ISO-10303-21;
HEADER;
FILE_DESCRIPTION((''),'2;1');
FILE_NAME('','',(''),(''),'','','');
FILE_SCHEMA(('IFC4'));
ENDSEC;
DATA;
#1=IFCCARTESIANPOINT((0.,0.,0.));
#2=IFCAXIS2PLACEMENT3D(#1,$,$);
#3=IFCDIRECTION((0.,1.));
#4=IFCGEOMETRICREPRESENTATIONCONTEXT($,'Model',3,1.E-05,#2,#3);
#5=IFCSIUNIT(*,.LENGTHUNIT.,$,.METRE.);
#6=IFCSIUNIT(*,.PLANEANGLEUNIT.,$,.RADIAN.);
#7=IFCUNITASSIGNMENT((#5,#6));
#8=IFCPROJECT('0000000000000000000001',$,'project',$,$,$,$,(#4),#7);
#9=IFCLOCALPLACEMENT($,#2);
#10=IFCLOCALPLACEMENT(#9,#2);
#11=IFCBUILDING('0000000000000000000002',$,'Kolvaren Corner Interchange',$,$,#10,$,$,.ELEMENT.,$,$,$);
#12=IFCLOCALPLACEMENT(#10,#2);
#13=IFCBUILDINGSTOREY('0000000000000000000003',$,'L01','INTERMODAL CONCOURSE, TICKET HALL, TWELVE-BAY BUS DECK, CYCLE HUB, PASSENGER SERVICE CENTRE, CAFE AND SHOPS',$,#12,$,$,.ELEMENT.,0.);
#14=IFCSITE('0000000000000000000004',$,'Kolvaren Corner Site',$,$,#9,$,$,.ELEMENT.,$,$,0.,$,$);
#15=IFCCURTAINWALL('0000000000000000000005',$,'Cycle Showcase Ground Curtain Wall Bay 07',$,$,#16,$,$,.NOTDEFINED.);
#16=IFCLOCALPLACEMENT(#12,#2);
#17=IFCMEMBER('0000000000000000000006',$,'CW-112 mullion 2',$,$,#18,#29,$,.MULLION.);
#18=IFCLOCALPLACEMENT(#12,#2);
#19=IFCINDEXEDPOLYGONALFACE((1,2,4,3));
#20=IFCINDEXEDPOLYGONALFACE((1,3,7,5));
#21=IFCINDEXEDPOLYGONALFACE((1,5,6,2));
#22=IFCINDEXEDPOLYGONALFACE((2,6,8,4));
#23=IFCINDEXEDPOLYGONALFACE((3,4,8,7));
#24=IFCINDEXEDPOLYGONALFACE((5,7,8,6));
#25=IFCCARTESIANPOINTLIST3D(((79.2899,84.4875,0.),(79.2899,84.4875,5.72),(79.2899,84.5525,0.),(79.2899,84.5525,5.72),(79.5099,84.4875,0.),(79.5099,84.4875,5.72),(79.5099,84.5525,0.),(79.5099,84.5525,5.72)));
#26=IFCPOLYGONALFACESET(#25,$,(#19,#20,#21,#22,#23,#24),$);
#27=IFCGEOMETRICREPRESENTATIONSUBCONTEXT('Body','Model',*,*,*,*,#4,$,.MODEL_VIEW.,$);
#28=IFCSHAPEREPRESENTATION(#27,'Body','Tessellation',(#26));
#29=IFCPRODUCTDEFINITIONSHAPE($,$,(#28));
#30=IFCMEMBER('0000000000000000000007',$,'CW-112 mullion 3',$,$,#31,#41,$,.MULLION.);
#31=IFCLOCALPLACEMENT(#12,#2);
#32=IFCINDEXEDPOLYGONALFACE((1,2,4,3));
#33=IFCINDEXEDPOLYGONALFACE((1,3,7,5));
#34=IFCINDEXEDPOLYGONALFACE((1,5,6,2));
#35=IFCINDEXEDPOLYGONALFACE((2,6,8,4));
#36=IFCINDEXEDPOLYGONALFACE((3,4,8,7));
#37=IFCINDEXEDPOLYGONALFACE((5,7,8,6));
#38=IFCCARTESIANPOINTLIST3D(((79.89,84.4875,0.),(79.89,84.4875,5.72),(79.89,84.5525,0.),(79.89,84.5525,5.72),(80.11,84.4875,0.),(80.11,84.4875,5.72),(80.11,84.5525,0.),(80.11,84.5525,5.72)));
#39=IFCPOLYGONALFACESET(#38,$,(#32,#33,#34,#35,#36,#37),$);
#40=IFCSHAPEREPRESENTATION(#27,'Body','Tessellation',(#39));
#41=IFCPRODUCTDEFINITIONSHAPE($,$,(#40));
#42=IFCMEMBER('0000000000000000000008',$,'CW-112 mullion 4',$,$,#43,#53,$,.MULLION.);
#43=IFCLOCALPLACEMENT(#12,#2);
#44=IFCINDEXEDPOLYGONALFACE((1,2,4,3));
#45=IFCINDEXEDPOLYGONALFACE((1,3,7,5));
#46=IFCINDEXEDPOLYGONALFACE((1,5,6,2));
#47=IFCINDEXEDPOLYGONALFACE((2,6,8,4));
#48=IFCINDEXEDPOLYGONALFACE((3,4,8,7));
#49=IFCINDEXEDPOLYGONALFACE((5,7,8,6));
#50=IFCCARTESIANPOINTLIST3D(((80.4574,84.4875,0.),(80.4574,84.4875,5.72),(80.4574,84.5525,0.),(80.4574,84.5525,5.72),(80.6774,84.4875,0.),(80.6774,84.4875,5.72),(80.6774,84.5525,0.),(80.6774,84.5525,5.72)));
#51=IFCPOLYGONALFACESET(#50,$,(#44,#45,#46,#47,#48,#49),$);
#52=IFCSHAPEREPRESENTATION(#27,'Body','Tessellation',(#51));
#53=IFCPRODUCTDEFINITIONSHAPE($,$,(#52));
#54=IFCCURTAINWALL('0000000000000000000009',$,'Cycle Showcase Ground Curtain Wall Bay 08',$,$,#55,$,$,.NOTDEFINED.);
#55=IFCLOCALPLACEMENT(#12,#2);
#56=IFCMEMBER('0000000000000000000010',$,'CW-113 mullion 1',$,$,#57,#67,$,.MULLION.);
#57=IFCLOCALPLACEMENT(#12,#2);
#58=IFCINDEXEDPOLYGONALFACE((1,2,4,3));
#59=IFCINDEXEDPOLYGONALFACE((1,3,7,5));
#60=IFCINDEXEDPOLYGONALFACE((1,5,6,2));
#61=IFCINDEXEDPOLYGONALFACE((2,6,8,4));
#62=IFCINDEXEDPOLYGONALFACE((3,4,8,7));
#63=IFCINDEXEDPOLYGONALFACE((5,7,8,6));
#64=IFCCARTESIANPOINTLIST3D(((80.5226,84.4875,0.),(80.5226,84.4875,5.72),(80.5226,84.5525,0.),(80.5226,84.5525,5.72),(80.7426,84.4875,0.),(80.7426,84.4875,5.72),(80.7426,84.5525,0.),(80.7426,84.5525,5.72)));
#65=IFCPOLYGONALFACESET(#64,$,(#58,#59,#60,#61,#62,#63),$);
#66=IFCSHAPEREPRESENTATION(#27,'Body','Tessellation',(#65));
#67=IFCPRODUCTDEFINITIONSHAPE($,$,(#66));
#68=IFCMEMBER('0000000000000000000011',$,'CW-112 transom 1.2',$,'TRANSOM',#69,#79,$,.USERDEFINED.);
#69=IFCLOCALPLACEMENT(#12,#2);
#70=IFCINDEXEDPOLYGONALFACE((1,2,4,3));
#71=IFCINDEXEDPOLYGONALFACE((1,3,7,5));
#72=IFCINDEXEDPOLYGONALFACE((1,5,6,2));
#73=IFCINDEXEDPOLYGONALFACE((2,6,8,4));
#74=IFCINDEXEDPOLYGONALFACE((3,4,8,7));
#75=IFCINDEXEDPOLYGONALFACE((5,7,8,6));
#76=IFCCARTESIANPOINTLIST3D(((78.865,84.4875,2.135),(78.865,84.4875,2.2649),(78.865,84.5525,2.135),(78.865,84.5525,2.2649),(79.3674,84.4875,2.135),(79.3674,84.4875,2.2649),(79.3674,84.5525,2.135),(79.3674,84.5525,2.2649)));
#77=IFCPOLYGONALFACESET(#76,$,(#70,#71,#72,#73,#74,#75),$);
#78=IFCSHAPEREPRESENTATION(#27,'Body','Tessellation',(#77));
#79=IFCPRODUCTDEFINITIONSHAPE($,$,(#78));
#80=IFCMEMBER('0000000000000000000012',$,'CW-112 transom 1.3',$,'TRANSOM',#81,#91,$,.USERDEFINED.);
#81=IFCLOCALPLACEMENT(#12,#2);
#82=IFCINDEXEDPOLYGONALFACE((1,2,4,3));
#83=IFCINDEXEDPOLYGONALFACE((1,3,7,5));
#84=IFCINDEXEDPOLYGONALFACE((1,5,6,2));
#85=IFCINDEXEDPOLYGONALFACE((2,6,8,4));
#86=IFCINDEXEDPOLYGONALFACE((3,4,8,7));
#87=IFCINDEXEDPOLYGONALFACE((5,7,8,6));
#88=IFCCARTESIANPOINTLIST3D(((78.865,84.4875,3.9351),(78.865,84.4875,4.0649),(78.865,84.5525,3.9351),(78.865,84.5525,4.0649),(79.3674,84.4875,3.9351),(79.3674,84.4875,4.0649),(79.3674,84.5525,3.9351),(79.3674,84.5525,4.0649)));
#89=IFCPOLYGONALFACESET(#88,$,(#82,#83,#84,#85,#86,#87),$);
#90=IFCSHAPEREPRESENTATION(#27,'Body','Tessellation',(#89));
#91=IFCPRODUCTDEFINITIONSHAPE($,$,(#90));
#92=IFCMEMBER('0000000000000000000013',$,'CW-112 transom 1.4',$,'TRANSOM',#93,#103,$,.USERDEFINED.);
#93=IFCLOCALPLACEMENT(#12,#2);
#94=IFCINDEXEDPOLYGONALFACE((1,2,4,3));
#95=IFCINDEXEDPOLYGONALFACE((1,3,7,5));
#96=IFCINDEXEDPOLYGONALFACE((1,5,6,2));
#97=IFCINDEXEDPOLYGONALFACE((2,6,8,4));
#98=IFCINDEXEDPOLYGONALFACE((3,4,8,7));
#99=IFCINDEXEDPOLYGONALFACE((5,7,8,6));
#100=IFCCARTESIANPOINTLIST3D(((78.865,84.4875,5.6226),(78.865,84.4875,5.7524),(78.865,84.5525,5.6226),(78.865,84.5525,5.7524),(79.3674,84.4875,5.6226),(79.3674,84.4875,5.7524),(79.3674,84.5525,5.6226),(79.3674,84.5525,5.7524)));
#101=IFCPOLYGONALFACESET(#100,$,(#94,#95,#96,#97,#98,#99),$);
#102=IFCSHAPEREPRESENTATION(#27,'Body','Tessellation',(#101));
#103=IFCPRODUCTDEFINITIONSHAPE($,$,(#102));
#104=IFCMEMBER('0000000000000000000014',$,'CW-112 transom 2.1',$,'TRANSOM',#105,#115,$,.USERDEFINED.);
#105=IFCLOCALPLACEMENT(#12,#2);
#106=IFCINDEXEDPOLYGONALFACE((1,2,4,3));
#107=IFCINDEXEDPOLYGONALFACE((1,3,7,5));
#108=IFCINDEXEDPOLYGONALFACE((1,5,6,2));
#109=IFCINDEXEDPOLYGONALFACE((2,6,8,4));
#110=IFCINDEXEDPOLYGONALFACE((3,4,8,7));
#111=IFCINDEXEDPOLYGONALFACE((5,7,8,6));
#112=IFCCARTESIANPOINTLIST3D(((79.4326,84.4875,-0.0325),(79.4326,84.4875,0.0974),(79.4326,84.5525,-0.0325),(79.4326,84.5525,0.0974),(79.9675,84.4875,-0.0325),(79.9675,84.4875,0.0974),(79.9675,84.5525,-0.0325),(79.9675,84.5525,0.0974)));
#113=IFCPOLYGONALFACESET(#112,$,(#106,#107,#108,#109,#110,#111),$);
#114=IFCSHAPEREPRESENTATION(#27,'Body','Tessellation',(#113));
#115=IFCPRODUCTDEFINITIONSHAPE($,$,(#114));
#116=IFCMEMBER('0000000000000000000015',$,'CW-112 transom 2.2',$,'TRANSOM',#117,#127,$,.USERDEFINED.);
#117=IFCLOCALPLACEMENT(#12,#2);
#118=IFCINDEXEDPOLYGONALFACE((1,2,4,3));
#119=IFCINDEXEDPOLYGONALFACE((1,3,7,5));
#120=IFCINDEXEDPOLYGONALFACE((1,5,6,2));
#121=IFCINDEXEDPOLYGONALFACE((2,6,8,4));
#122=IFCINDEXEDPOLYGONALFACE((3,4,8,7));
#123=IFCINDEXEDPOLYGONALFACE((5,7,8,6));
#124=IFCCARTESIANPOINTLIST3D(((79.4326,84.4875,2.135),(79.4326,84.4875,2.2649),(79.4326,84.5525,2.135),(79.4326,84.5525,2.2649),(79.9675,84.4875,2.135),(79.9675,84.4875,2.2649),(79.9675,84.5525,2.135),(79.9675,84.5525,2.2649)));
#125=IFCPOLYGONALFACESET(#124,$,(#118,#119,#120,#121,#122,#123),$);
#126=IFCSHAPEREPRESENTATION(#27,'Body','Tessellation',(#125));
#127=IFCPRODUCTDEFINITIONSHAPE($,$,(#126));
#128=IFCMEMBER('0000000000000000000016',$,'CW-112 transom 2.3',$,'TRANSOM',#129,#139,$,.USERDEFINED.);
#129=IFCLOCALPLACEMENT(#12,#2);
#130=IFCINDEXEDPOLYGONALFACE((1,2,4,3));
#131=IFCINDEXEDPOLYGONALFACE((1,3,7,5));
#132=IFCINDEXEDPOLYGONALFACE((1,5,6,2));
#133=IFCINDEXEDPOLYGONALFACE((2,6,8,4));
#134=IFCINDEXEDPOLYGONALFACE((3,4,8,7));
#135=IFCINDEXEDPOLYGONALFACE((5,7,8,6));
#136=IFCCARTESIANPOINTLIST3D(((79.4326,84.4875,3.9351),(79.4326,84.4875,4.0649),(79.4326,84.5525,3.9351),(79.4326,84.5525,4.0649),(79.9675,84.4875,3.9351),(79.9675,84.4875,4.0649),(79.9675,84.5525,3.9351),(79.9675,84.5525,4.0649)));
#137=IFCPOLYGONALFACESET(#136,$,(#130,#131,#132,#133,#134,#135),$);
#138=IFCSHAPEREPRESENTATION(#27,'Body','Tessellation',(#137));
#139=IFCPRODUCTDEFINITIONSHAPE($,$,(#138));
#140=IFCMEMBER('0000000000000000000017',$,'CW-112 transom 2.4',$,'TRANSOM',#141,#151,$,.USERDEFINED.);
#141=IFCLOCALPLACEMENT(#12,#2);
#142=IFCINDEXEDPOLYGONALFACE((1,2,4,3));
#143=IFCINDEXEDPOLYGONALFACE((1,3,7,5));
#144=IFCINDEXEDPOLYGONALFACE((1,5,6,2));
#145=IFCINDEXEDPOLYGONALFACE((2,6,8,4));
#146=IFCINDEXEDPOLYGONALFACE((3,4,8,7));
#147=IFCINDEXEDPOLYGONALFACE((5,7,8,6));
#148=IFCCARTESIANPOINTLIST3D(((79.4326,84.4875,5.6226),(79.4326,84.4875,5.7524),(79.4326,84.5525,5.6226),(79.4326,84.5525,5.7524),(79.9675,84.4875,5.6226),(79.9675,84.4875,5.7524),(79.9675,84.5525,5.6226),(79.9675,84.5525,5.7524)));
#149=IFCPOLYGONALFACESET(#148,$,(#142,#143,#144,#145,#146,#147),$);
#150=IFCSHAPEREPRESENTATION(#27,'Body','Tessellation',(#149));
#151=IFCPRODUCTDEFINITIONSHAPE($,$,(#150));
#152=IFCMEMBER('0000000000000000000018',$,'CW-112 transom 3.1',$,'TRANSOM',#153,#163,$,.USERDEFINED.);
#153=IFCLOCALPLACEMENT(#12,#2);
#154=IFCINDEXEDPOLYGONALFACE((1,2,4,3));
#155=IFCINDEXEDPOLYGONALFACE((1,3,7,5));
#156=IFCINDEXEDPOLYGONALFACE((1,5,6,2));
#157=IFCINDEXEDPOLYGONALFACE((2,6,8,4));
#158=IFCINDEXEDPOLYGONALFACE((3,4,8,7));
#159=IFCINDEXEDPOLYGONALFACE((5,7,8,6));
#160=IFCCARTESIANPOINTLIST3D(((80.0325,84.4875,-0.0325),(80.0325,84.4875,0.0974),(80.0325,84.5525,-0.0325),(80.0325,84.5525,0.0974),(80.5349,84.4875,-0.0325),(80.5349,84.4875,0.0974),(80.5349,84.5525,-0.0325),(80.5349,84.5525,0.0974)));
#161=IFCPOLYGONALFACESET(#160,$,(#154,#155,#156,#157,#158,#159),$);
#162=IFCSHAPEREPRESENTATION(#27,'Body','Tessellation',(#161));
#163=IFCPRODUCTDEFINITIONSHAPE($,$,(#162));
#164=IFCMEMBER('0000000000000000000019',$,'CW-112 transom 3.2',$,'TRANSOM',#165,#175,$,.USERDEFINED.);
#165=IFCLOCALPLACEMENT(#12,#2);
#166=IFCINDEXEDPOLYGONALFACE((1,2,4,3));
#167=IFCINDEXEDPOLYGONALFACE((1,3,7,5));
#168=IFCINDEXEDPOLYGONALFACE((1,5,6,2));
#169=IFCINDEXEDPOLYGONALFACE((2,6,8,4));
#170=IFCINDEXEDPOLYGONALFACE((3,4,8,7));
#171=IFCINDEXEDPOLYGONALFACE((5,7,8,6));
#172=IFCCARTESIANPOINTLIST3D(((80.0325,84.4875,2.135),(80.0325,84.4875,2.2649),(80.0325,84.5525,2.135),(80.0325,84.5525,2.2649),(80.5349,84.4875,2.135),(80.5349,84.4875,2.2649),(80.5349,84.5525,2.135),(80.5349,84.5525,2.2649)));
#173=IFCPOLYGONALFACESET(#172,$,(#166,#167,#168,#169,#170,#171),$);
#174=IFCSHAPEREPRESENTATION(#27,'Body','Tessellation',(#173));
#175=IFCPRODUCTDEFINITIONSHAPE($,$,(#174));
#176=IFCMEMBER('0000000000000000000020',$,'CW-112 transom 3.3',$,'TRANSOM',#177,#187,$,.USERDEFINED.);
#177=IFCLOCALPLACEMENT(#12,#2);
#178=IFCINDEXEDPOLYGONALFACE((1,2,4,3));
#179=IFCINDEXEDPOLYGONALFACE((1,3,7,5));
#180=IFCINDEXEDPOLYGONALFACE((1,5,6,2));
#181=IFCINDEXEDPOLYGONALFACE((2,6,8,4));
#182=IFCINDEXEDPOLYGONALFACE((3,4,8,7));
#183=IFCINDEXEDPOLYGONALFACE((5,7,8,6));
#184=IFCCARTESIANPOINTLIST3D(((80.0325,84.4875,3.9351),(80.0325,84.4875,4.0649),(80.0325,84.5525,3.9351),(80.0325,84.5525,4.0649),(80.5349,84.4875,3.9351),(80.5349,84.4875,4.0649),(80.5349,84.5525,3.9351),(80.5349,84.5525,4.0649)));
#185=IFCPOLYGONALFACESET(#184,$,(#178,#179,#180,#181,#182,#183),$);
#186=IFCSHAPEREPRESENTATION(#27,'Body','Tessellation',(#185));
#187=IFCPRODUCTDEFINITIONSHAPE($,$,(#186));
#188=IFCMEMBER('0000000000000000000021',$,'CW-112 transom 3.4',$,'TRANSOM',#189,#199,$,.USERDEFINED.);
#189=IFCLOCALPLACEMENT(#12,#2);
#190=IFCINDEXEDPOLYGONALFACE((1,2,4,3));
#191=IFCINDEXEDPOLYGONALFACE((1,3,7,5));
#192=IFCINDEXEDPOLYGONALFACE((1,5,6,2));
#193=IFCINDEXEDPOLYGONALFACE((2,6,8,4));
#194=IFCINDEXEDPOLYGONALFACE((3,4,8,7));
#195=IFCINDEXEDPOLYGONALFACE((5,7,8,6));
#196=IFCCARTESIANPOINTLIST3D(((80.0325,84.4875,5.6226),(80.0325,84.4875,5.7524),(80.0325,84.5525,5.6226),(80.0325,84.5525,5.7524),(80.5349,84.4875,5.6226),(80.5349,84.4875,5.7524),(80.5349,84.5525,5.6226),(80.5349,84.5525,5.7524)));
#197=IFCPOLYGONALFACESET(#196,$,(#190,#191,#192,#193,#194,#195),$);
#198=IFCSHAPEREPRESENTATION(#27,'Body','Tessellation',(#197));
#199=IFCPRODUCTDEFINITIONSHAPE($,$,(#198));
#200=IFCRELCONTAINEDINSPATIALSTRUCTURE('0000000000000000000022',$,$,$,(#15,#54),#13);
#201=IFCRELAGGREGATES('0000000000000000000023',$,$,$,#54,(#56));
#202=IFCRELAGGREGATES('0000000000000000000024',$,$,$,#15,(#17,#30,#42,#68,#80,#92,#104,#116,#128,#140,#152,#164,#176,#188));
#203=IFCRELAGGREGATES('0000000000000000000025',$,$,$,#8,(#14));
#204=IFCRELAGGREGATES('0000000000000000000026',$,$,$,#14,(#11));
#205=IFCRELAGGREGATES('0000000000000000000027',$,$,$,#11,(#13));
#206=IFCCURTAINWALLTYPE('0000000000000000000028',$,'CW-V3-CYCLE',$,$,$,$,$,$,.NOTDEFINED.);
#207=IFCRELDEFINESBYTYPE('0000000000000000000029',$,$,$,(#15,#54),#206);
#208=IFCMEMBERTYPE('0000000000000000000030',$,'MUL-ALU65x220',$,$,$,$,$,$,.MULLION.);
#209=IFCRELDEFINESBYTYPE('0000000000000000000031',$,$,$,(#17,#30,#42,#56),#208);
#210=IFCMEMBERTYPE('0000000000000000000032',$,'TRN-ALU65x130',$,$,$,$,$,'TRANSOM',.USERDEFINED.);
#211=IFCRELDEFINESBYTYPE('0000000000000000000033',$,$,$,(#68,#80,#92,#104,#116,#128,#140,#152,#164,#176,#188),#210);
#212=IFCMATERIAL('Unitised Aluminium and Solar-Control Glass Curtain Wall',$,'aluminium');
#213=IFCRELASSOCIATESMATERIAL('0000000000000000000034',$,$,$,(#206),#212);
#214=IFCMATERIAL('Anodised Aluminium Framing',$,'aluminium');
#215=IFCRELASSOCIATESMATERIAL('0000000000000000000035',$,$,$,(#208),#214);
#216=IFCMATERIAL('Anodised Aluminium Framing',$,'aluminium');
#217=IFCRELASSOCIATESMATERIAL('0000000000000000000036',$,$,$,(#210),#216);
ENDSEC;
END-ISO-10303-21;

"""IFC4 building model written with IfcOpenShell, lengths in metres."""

from ifc_helpers import new_model, si_unit, direction, frame, origin, origin_2d, place, context, subcontext, project, spatial, rectangle, extrude, material, material_profile, profile_set, type_object, element, aggregate, save


model = new_model("IFC4")

# Units and contexts
model_context = context("Model", 3, precision=1e-05, world=origin(), true_north=direction((0.0, 1.0)))
body_context = subcontext(model_context, "Body", "Model", "MODEL_VIEW")
ifc_project = project(units=[si_unit("LENGTHUNIT", "METRE"), si_unit("PLANEANGLEUNIT", "RADIAN")], contexts=[model_context])

# Site, building, storey
site_placement = place(None, origin())
site = spatial("IfcSite", under=ifc_project, at=site_placement, Name="Kolvaren Corner Site", CompositionType="ELEMENT", RefElevation=0.0)
building_placement = place(site_placement, origin())
building = spatial("IfcBuilding", under=site, at=building_placement, Name="Kolvaren Corner Interchange", CompositionType="ELEMENT")
storey_placement = place(building_placement, origin())
storey = spatial("IfcBuildingStorey", under=building, at=storey_placement, Name="L01", Description="INTERMODAL CONCOURSE, TICKET HALL, TWELVE-BAY BUS DECK, CYCLE HUB, PASSENGER SERVICE CENTRE, CAFE AND SHOPS", CompositionType="ELEMENT", Elevation=0.0)

# Curtain wall, members
ifc_material_1 = material(Name="Unitised Aluminium and Solar-Control Glass Curtain Wall", Category="aluminium")
curtain_wall_type = type_object("IfcCurtainWallType", Name="CW-V3-CYCLE", PredefinedType="NOTDEFINED", material=ifc_material_1)
curtain_wall_1_placement = place(storey_placement, origin())
curtain_wall_1 = element("IfcCurtainWall", 1, at=curtain_wall_1_placement, inside=storey, type_object=curtain_wall_type, Name="Cycle Showcase Ground Curtain Wall Bay 07", PredefinedType="NOTDEFINED")
ifc_material_2 = material(Name="Anodised Aluminium Framing", Category="aluminium")
ifc_material_profile_1 = material_profile(ifc_material_2, rectangle(XDim=0.0649, YDim=0.22, at=origin_2d()), Name="ALU 65x220")
ifc_profile_set_1 = profile_set([ifc_material_profile_1], Name="Anodised Aluminium Framing")
member_type_1 = type_object("IfcMemberType", Name="MUL-ALU65x220", PredefinedType="MULLION", material=ifc_profile_set_1)
member_1_placement = place(storey_placement, frame((79.3999, 84.52, 0.0), z_axis=(0.0, 0.0, 1.0), x_axis=(0.0, 1.0, 0.0)))
member_1 = element("IfcMember", 2, at=member_1_placement, type_object=member_type_1, Name="CW-112 mullion 2", PredefinedType="MULLION", context=body_context, shape_type="SweptSolid", body=[
    extrude(rectangle(XDim=0.0649, YDim=0.22, at=origin_2d()), origin(), (0.0, 0.0, 1.0), 5.72),
])
member_2_placement = place(storey_placement, frame((80.0, 84.52, 0.0), z_axis=(0.0, 0.0, 1.0), x_axis=(0.0, 1.0, 0.0)))
member_2 = element("IfcMember", 3, at=member_2_placement, type_object=member_type_1, Name="CW-112 mullion 3", PredefinedType="MULLION", context=body_context, shape_type="SweptSolid", body=[
    extrude(rectangle(XDim=0.0649, YDim=0.22, at=origin_2d()), origin(), (0.0, 0.0, 1.0), 5.72),
])
member_3_placement = place(storey_placement, frame((80.5674, 84.52, 0.0), z_axis=(0.0, 0.0, 1.0), x_axis=(0.0, 1.0, 0.0)))
member_3 = element("IfcMember", 4, at=member_3_placement, type_object=member_type_1, Name="CW-112 mullion 4", PredefinedType="MULLION", context=body_context, shape_type="SweptSolid", body=[
    extrude(rectangle(XDim=0.0649, YDim=0.22, at=origin_2d()), origin(), (0.0, 0.0, 1.0), 5.72),
])

# Curtain wall, member
curtain_wall_2_placement = place(storey_placement, origin())
curtain_wall_2 = element("IfcCurtainWall", 5, at=curtain_wall_2_placement, inside=storey, type_object=curtain_wall_type, Name="Cycle Showcase Ground Curtain Wall Bay 08", PredefinedType="NOTDEFINED")
member_4_placement = place(storey_placement, frame((80.6326, 84.52, 0.0), z_axis=(0.0, 0.0, 1.0), x_axis=(0.0, 1.0, 0.0)))
member_4 = element("IfcMember", 6, at=member_4_placement, type_object=member_type_1, Name="CW-113 mullion 1", PredefinedType="MULLION", context=body_context, shape_type="SweptSolid", body=[
    extrude(rectangle(XDim=0.0649, YDim=0.22, at=origin_2d()), origin(), (0.0, 0.0, 1.0), 5.72),
])

# Members
ifc_material_3 = material(Name="Anodised Aluminium Framing", Category="aluminium")
ifc_material_profile_2 = material_profile(ifc_material_3, rectangle(XDim=0.0649, YDim=0.1299, at=origin_2d()), Name="ALU 65x130")
ifc_profile_set_2 = profile_set([ifc_material_profile_2], Name="Anodised Aluminium Framing")
member_type_2 = type_object("IfcMemberType", Name="TRN-ALU65x130", ElementType="TRANSOM", PredefinedType="USERDEFINED", material=ifc_profile_set_2)
member_5_placement = place(storey_placement, frame((78.865, 84.52, 2.2), z_axis=(1.0, 0.0, 0.0), x_axis=(0.0, 1.0, 0.0)))
member_5 = element("IfcMember", 7, at=member_5_placement, type_object=member_type_2, Name="CW-112 transom 1.2", ObjectType="TRANSOM", PredefinedType="USERDEFINED", context=body_context, shape_type="SweptSolid", body=[
    extrude(rectangle(XDim=0.0649, YDim=0.1299, at=origin_2d()), origin(), (0.0, 0.0, 1.0), 0.5024),
])
member_6_placement = place(storey_placement, frame((78.865, 84.52, 4.0), z_axis=(1.0, 0.0, 0.0), x_axis=(0.0, 1.0, 0.0)))
member_6 = element("IfcMember", 8, at=member_6_placement, type_object=member_type_2, Name="CW-112 transom 1.3", ObjectType="TRANSOM", PredefinedType="USERDEFINED", context=body_context, shape_type="SweptSolid", body=[
    extrude(rectangle(XDim=0.0649, YDim=0.1299, at=origin_2d()), origin(), (0.0, 0.0, 1.0), 0.5024),
])
member_7_placement = place(storey_placement, frame((78.865, 84.52, 5.6875), z_axis=(1.0, 0.0, 0.0), x_axis=(0.0, 1.0, 0.0)))
member_7 = element("IfcMember", 9, at=member_7_placement, type_object=member_type_2, Name="CW-112 transom 1.4", ObjectType="TRANSOM", PredefinedType="USERDEFINED", context=body_context, shape_type="SweptSolid", body=[
    extrude(rectangle(XDim=0.0649, YDim=0.1299, at=origin_2d()), origin(), (0.0, 0.0, 1.0), 0.5024),
])
member_8_placement = place(storey_placement, frame((79.4326, 84.52, 0.0325), z_axis=(1.0, 0.0, 0.0), x_axis=(0.0, 1.0, 0.0)))
member_8 = element("IfcMember", 10, at=member_8_placement, type_object=member_type_2, Name="CW-112 transom 2.1", ObjectType="TRANSOM", PredefinedType="USERDEFINED", context=body_context, shape_type="SweptSolid", body=[
    extrude(rectangle(XDim=0.0649, YDim=0.1299, at=origin_2d()), origin(), (0.0, 0.0, 1.0), 0.5349),
])
member_9_placement = place(storey_placement, frame((79.4326, 84.52, 2.2), z_axis=(1.0, 0.0, 0.0), x_axis=(0.0, 1.0, 0.0)))
member_9 = element("IfcMember", 11, at=member_9_placement, type_object=member_type_2, Name="CW-112 transom 2.2", ObjectType="TRANSOM", PredefinedType="USERDEFINED", context=body_context, shape_type="SweptSolid", body=[
    extrude(rectangle(XDim=0.0649, YDim=0.1299, at=origin_2d()), origin(), (0.0, 0.0, 1.0), 0.5349),
])
member_10_placement = place(storey_placement, frame((79.4326, 84.52, 4.0), z_axis=(1.0, 0.0, 0.0), x_axis=(0.0, 1.0, 0.0)))
member_10 = element("IfcMember", 12, at=member_10_placement, type_object=member_type_2, Name="CW-112 transom 2.3", ObjectType="TRANSOM", PredefinedType="USERDEFINED", context=body_context, shape_type="SweptSolid", body=[
    extrude(rectangle(XDim=0.0649, YDim=0.1299, at=origin_2d()), origin(), (0.0, 0.0, 1.0), 0.5349),
])
member_11_placement = place(storey_placement, frame((79.4326, 84.52, 5.6875), z_axis=(1.0, 0.0, 0.0), x_axis=(0.0, 1.0, 0.0)))
member_11 = element("IfcMember", 13, at=member_11_placement, type_object=member_type_2, Name="CW-112 transom 2.4", ObjectType="TRANSOM", PredefinedType="USERDEFINED", context=body_context, shape_type="SweptSolid", body=[
    extrude(rectangle(XDim=0.0649, YDim=0.1299, at=origin_2d()), origin(), (0.0, 0.0, 1.0), 0.5349),
])
member_12_placement = place(storey_placement, frame((80.0325, 84.52, 0.0325), z_axis=(1.0, 0.0, 0.0), x_axis=(0.0, 1.0, 0.0)))
member_12 = element("IfcMember", 14, at=member_12_placement, type_object=member_type_2, Name="CW-112 transom 3.1", ObjectType="TRANSOM", PredefinedType="USERDEFINED", context=body_context, shape_type="SweptSolid", body=[
    extrude(rectangle(XDim=0.0649, YDim=0.1299, at=origin_2d()), origin(), (0.0, 0.0, 1.0), 0.5024),
])
member_13_placement = place(storey_placement, frame((80.0325, 84.52, 2.2), z_axis=(1.0, 0.0, 0.0), x_axis=(0.0, 1.0, 0.0)))
member_13 = element("IfcMember", 15, at=member_13_placement, type_object=member_type_2, Name="CW-112 transom 3.2", ObjectType="TRANSOM", PredefinedType="USERDEFINED", context=body_context, shape_type="SweptSolid", body=[
    extrude(rectangle(XDim=0.0649, YDim=0.1299, at=origin_2d()), origin(), (0.0, 0.0, 1.0), 0.5024),
])
member_14_placement = place(storey_placement, frame((80.0325, 84.52, 4.0), z_axis=(1.0, 0.0, 0.0), x_axis=(0.0, 1.0, 0.0)))
member_14 = element("IfcMember", 16, at=member_14_placement, type_object=member_type_2, Name="CW-112 transom 3.3", ObjectType="TRANSOM", PredefinedType="USERDEFINED", context=body_context, shape_type="SweptSolid", body=[
    extrude(rectangle(XDim=0.0649, YDim=0.1299, at=origin_2d()), origin(), (0.0, 0.0, 1.0), 0.5024),
])
member_15_placement = place(storey_placement, frame((80.0325, 84.52, 5.6875), z_axis=(1.0, 0.0, 0.0), x_axis=(0.0, 1.0, 0.0)))
member_15 = element("IfcMember", 17, at=member_15_placement, type_object=member_type_2, Name="CW-112 transom 3.4", ObjectType="TRANSOM", PredefinedType="USERDEFINED", context=body_context, shape_type="SweptSolid", body=[
    extrude(rectangle(XDim=0.0649, YDim=0.1299, at=origin_2d()), origin(), (0.0, 0.0, 1.0), 0.5024),
])
aggregate(curtain_wall_2, [member_4])

aggregate(curtain_wall_1, [member_1, member_2, member_3, member_5, member_6, member_7, member_8, member_9, member_10, member_11, member_12, member_13, member_14, member_15])

save(model, "model.ifc")
